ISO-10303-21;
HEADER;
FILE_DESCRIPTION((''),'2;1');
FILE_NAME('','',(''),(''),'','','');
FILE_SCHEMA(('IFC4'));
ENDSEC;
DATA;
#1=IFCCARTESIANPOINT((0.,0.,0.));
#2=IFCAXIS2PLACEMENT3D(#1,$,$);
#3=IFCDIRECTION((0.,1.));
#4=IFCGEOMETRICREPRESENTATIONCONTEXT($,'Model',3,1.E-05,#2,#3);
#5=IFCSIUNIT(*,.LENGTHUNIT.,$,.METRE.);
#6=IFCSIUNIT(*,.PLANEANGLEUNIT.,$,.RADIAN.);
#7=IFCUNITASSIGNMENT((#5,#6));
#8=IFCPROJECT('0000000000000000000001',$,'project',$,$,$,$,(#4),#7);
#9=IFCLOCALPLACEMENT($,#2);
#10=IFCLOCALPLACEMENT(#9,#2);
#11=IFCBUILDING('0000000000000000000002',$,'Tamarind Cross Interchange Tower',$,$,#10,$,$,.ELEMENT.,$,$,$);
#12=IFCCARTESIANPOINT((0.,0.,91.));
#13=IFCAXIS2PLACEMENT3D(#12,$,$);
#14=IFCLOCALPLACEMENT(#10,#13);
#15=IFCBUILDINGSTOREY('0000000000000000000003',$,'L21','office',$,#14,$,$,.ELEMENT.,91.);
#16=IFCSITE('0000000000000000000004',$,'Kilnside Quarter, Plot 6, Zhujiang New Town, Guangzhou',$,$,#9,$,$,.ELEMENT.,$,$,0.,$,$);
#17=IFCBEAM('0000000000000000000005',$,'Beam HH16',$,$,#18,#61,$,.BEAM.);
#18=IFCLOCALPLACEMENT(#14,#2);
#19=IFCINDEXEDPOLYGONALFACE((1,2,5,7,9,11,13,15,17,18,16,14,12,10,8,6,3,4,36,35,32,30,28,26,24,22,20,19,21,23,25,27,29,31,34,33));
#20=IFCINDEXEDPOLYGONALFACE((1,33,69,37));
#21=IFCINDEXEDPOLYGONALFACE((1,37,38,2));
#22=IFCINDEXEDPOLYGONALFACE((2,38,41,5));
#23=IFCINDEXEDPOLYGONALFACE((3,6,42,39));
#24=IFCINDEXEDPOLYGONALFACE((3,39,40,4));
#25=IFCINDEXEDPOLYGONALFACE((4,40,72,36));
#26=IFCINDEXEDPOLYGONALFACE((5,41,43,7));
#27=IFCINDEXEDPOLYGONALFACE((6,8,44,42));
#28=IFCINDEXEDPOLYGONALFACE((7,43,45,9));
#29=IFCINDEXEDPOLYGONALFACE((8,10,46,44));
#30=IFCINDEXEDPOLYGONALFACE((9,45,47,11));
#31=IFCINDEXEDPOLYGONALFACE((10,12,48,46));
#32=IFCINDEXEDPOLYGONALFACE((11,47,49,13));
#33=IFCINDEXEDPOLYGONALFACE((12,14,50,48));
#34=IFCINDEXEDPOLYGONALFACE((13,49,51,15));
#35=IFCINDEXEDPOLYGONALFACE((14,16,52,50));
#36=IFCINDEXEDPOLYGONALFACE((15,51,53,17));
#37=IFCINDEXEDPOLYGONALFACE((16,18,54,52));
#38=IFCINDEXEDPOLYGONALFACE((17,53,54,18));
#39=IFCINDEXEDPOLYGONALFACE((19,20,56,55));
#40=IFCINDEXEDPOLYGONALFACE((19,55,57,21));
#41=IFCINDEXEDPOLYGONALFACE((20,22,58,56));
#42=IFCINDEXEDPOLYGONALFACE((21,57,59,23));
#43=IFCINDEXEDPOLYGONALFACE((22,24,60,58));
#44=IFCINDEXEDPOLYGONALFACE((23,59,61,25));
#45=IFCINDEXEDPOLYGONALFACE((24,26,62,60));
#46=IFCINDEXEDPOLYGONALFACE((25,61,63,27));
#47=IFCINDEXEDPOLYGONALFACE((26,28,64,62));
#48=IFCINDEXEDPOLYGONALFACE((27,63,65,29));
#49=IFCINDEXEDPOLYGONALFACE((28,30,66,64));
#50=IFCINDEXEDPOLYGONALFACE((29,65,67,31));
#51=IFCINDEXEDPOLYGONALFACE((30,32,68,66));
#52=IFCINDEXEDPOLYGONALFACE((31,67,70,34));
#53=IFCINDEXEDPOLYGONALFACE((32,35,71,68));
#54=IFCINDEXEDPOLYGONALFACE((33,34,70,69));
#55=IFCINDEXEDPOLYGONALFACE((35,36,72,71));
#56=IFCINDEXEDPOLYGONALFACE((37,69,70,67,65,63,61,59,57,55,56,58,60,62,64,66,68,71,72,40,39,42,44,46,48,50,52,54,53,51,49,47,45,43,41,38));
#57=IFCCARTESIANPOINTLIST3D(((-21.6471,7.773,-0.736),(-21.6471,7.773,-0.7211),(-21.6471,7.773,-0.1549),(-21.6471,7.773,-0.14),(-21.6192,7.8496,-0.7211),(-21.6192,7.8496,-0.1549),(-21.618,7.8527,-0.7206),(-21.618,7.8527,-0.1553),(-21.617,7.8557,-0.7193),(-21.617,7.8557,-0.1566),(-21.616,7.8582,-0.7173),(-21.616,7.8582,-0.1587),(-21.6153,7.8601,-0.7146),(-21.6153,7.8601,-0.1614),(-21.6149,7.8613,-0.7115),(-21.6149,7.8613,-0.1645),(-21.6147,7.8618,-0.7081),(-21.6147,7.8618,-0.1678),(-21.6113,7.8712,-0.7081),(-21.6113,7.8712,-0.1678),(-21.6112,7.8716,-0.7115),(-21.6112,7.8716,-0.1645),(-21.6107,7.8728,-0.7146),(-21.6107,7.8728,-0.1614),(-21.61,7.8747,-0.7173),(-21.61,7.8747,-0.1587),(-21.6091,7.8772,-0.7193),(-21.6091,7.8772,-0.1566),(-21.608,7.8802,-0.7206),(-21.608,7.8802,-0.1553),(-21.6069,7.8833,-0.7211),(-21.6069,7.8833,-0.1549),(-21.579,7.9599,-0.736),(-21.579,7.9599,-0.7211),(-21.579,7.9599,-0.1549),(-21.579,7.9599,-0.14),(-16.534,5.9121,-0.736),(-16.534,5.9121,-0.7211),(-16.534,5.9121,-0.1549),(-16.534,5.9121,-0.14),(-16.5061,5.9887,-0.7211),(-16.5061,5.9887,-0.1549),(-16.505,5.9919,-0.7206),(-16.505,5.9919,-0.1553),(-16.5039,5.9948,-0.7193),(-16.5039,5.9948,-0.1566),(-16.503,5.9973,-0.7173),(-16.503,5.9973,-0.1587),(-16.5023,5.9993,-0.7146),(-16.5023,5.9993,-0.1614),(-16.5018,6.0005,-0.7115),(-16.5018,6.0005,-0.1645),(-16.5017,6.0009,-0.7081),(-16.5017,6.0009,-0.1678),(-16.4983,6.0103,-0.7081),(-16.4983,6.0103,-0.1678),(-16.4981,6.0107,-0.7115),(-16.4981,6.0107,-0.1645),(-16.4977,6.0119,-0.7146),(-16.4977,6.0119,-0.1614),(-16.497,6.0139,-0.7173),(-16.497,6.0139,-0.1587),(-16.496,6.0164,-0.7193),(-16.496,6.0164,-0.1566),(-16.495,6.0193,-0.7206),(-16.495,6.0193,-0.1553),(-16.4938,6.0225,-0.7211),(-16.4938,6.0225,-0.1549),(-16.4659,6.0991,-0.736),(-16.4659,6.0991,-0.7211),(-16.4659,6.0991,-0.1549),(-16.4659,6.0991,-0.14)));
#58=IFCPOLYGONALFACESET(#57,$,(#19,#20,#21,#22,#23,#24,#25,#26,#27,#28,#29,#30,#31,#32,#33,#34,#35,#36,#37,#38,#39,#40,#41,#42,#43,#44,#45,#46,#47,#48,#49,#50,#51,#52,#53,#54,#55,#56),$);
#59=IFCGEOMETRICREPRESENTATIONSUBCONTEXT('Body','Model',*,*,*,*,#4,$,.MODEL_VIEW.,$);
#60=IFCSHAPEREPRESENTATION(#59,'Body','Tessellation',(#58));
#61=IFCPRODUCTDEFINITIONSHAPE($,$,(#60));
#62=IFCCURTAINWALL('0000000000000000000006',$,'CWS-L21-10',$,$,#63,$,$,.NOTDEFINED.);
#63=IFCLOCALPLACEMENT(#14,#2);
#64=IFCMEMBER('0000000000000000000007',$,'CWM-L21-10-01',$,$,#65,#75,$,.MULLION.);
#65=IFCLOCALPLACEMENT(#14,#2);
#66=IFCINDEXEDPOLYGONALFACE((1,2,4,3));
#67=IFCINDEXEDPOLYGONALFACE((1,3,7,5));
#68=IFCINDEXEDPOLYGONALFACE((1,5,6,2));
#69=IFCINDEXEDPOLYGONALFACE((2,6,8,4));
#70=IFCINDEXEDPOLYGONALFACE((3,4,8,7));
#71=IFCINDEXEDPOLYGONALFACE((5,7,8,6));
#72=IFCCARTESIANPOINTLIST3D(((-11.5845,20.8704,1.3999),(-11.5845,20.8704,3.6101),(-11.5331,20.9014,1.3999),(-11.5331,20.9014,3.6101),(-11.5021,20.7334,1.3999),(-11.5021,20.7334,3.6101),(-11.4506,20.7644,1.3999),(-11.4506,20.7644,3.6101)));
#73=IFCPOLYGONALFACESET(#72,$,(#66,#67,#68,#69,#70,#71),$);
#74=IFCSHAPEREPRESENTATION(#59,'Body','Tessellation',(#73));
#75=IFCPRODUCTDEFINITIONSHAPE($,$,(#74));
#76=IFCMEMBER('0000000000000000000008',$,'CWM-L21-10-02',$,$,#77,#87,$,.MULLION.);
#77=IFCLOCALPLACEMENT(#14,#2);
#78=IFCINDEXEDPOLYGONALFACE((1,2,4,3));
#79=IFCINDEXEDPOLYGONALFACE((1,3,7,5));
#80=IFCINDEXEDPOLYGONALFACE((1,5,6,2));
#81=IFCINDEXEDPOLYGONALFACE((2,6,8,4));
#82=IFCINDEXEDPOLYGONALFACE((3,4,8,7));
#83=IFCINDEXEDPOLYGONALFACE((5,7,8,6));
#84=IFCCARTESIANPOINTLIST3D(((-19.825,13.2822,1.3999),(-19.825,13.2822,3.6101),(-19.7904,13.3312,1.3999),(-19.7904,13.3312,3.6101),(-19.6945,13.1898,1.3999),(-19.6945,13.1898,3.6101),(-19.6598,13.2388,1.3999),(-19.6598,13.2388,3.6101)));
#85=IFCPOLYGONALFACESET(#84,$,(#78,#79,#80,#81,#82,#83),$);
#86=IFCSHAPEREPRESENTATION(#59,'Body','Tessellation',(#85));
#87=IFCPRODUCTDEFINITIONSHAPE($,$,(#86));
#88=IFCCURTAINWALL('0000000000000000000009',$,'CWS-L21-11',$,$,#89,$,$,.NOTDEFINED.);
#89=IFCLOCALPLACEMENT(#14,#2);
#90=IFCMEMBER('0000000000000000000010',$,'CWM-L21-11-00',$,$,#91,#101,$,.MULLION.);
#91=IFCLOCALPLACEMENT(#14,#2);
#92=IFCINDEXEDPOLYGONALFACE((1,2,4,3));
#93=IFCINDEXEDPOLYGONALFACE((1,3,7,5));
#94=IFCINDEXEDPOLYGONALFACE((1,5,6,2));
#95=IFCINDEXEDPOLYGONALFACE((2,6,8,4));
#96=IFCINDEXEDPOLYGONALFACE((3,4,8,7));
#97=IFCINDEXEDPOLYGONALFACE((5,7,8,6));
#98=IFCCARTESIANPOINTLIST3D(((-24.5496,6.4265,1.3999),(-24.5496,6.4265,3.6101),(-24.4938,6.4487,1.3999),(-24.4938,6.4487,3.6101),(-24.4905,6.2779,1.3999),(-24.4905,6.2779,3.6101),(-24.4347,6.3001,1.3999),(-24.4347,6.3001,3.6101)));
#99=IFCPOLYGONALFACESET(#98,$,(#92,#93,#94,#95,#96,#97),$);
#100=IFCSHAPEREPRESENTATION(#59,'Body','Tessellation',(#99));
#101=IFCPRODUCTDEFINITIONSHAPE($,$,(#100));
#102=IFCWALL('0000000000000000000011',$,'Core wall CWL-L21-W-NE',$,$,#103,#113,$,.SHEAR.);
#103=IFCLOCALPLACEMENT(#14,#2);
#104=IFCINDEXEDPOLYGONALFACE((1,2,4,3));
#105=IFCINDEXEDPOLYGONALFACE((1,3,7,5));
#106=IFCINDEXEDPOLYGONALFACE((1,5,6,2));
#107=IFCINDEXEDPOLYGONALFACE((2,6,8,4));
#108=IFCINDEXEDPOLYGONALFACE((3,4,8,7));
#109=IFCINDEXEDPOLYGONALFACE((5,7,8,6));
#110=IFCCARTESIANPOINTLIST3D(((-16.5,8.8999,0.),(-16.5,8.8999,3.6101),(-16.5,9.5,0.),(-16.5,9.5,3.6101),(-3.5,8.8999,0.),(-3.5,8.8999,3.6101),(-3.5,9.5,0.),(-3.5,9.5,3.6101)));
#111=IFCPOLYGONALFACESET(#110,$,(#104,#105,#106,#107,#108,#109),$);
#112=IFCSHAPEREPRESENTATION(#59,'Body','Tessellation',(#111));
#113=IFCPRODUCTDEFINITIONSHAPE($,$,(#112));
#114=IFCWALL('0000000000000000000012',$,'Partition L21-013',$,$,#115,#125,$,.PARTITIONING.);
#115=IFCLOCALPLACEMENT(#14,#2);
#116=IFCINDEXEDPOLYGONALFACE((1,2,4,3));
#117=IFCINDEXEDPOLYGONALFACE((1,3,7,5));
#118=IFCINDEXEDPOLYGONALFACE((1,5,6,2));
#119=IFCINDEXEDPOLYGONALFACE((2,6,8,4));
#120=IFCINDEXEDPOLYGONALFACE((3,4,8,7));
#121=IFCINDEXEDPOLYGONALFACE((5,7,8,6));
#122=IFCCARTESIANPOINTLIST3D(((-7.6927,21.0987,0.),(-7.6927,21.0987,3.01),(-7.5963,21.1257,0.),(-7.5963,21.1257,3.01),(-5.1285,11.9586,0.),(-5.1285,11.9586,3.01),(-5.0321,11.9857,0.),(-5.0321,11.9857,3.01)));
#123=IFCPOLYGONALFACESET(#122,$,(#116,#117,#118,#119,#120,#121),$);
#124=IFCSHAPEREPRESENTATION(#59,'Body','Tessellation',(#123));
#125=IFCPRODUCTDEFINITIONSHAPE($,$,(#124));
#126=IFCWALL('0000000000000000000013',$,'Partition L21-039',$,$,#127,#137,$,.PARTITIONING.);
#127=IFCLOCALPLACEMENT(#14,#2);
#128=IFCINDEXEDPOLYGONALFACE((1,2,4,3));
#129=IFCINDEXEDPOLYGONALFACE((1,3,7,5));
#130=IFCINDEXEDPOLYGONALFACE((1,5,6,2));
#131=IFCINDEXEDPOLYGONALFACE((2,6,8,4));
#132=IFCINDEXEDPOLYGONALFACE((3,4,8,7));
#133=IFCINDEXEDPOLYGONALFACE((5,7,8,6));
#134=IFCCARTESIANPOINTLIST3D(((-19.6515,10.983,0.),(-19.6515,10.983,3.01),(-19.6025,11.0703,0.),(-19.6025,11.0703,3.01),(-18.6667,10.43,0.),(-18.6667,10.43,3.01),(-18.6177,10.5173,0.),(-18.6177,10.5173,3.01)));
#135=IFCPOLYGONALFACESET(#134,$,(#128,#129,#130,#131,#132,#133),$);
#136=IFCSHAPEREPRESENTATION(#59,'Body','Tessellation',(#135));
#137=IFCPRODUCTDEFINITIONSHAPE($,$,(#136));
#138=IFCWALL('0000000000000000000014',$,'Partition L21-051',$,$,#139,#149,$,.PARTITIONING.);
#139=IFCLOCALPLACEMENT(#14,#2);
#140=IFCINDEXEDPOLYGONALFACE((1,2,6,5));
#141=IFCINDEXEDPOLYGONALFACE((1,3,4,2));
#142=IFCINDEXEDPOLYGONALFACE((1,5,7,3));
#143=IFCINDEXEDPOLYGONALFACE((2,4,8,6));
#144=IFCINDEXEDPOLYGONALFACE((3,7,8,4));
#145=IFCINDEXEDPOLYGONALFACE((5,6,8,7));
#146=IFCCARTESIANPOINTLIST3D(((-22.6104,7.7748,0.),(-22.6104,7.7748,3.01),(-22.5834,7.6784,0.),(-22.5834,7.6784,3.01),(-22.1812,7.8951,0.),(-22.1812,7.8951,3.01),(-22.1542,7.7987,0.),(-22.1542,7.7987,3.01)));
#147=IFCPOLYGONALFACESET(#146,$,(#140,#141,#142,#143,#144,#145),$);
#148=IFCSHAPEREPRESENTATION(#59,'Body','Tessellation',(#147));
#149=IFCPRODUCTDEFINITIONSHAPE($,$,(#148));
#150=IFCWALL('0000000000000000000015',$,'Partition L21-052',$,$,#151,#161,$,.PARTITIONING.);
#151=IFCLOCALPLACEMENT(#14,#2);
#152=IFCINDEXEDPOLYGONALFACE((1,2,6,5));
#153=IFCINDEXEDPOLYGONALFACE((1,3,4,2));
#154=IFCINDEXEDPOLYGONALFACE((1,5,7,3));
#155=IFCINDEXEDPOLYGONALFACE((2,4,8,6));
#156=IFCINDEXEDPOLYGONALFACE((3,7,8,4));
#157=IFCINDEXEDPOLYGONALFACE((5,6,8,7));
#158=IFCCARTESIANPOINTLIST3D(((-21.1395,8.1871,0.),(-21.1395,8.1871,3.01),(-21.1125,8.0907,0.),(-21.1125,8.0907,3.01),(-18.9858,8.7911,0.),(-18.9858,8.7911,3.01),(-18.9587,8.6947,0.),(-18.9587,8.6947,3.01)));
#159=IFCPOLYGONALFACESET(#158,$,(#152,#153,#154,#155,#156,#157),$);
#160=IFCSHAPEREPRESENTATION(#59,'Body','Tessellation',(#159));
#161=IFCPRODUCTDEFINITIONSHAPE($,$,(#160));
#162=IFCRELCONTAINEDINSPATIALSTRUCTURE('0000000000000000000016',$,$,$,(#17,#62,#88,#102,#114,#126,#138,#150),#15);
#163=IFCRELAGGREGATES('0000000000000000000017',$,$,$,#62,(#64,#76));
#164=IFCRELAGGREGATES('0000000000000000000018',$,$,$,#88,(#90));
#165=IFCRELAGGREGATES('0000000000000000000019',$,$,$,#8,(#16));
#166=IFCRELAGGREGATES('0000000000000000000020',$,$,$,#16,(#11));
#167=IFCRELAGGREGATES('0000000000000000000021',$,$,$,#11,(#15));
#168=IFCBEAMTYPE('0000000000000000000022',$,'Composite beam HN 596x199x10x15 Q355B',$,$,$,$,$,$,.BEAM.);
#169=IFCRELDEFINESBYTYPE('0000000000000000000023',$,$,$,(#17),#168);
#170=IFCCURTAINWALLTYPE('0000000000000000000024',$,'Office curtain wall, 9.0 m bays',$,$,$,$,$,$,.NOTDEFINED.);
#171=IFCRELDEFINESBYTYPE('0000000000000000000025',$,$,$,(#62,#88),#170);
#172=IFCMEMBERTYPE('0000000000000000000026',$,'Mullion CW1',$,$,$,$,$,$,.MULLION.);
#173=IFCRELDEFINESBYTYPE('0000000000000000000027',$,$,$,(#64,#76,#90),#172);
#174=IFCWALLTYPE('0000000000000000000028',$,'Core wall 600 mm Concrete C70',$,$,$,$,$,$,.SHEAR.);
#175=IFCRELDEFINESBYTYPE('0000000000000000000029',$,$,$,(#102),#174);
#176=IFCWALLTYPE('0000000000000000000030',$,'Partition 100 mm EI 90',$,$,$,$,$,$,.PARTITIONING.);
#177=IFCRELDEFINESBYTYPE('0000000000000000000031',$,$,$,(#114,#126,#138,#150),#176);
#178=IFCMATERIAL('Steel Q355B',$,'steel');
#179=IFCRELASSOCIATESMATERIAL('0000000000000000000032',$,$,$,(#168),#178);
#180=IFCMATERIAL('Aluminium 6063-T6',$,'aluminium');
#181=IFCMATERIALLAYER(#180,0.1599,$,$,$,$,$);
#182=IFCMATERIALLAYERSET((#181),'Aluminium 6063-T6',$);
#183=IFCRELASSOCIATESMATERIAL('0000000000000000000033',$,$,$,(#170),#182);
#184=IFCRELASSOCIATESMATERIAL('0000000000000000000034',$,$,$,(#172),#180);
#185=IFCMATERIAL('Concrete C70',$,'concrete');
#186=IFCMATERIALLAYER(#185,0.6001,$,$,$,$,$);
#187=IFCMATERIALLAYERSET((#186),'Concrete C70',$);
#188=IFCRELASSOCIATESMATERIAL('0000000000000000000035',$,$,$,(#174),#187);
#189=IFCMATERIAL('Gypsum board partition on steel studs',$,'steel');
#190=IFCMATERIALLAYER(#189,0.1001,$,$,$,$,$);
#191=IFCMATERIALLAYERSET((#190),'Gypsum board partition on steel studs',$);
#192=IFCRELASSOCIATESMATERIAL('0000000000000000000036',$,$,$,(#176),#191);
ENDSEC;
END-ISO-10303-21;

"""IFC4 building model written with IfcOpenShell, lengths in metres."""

from ifc_helpers import new_model, si_unit, direction, frame, frame_2d, origin, origin_2d, place, context, subcontext, project, spatial, rectangle, i_section, extrude, material, layer, layer_set, material_profile, profile_set, type_object, element, aggregate, save


model = new_model("IFC4")

# Units and contexts
model_context = context("Model", 3, precision=1e-05, world=origin(), true_north=direction((0.0, 1.0)))
body_context = subcontext(model_context, "Body", "Model", "MODEL_VIEW")
ifc_project = project(units=[si_unit("LENGTHUNIT", "METRE"), si_unit("PLANEANGLEUNIT", "RADIAN")], contexts=[model_context])

# Site, building, storey
site_placement = place(None, origin())
site = spatial("IfcSite", under=ifc_project, at=site_placement, Name="Kilnside Quarter, Plot 6, Zhujiang New Town, Guangzhou", CompositionType="ELEMENT", RefElevation=0.0)
building_placement = place(site_placement, origin())
building = spatial("IfcBuilding", under=site, at=building_placement, Name="Tamarind Cross Interchange Tower", CompositionType="ELEMENT")
storey_placement = place(building_placement, frame((0.0, 0.0, 91.0)))
storey = spatial("IfcBuildingStorey", under=building, at=storey_placement, Name="L21", Description="office", CompositionType="ELEMENT", Elevation=91.0)

# Beam
ifc_material_1 = material(Name="Steel Q355B", Category="steel")
ifc_material_profile_1 = material_profile(ifc_material_1, i_section(OverallWidth=0.199, OverallDepth=0.5959, WebThickness=0.01, FlangeThickness=0.0149, FilletRadius=0.0129, at=origin_2d()), Name="HN 596x199x10x15")
ifc_profile_set_1 = profile_set([ifc_material_profile_1], Name="Steel Q355B")
beam_type_1 = type_object("IfcBeamType", Name="Composite beam HN 596x199x10x15 Q355B", PredefinedType="BEAM", material=ifc_profile_set_1)
beam_1_placement = place(storey_placement, frame((-21.613, 7.8665, -0.438), z_axis=(0.939702, -0.341995, 0.0), x_axis=(0.341995, 0.939702, 0.0)))
element("IfcBeam", 1, at=beam_1_placement, inside=storey, type_object=beam_type_1, Name="Beam HH16", PredefinedType="BEAM", context=body_context, shape_type="SweptSolid", body=[
    extrude(i_section(OverallWidth=0.199, OverallDepth=0.5959, WebThickness=0.01, FlangeThickness=0.0149, FilletRadius=0.0129, at=origin_2d()), origin(), (0.0, 0.0, 1.0), 5.4412),
])

# Curtain wall, members
ifc_material_2 = material(Name="Aluminium 6063-T6", Category="aluminium")
ifc_layer_1 = layer(ifc_material_2, 0.1599)
ifc_layer_set_1 = layer_set([ifc_layer_1], Name="Aluminium 6063-T6")
curtain_wall_type = type_object("IfcCurtainWallType", Name="Office curtain wall, 9.0 m bays", PredefinedType="NOTDEFINED", material=ifc_layer_set_1)
curtain_wall_1_placement = place(storey_placement, origin())
curtain_wall_1 = element("IfcCurtainWall", 2, at=curtain_wall_1_placement, inside=storey, type_object=curtain_wall_type, Name="CWS-L21-10", PredefinedType="NOTDEFINED")
ifc_material_profile_2 = material_profile(ifc_material_2, rectangle(XDim=0.0601, YDim=0.1599, at=origin_2d()), Name="Mullion CW1")
ifc_profile_set_2 = profile_set([ifc_material_profile_2], Name="Aluminium 6063-T6")
member_type = type_object("IfcMemberType", Name="Mullion CW1", PredefinedType="MULLION", material=ifc_profile_set_2)
member_1_placement = place(storey_placement, frame((-11.5176, 20.8174, 1.3999), z_axis=(0.0, 0.0, 1.0), x_axis=(-0.856843, -0.515577, 0.0)))
member_1 = element("IfcMember", 3, at=member_1_placement, type_object=member_type, Name="CWM-L21-10-01", PredefinedType="MULLION", context=body_context, shape_type="SweptSolid", body=[
    extrude(rectangle(XDim=0.0601, YDim=0.1599, at=origin_2d()), origin(), (0.0, 0.0, 1.0), 2.2102),
])
member_2_placement = place(storey_placement, frame((-19.7424, 13.2605, 1.3999), z_axis=(0.0, 0.0, 1.0), x_axis=(-0.577569, -0.816342, 0.0)))
member_2 = element("IfcMember", 4, at=member_2_placement, type_object=member_type, Name="CWM-L21-10-02", PredefinedType="MULLION", context=body_context, shape_type="SweptSolid", body=[
    extrude(rectangle(XDim=0.0601, YDim=0.1599, at=origin_2d()), origin(), (0.0, 0.0, 1.0), 2.2102),
])
aggregate(curtain_wall_1, [member_1, member_2])

# Curtain wall, member
curtain_wall_2_placement = place(storey_placement, origin())
curtain_wall_2 = element("IfcCurtainWall", 5, at=curtain_wall_2_placement, inside=storey, type_object=curtain_wall_type, Name="CWS-L21-11", PredefinedType="NOTDEFINED")
member_3_placement = place(storey_placement, frame((-24.4922, 6.3633, 1.3999), z_axis=(0.0, 0.0, 1.0), x_axis=(-0.929177, -0.369635, 0.0)))
member_3 = element("IfcMember", 6, at=member_3_placement, type_object=member_type, Name="CWM-L21-11-00", PredefinedType="MULLION", context=body_context, shape_type="SweptSolid", body=[
    extrude(rectangle(XDim=0.0601, YDim=0.1599, at=origin_2d()), origin(), (0.0, 0.0, 1.0), 2.2102),
])
aggregate(curtain_wall_2, [member_3])

# Walls
ifc_material_3 = material(Name="Concrete C70", Category="concrete")
ifc_layer_2 = layer(ifc_material_3, 0.6001)
ifc_layer_set_2 = layer_set([ifc_layer_2], Name="Concrete C70")
wall_type_1 = type_object("IfcWallType", Name="Core wall 600 mm Concrete C70", PredefinedType="SHEAR", material=ifc_layer_set_2)
wall_1_placement = place(storey_placement, frame((-16.5, 9.2, 0.0), z_axis=(0.0, 0.0, 1.0), x_axis=(1.0, 0.0, 0.0)))
element("IfcWall", 7, at=wall_1_placement, inside=storey, type_object=wall_type_1, Name="Core wall CWL-L21-W-NE", PredefinedType="SHEAR", context=body_context, shape_type="SweptSolid", body=[
    extrude(rectangle(XDim=13.0, YDim=0.6001, at=frame_2d((6.5, 0.0))), origin(), (0.0, 0.0, 1.0), 3.6101),
])
ifc_material_4 = material(Name="Gypsum board partition on steel studs", Category="steel")
ifc_layer_3 = layer(ifc_material_4, 0.1001)
ifc_layer_set_3 = layer_set([ifc_layer_3], Name="Gypsum board partition on steel studs")
wall_type_2 = type_object("IfcWallType", Name="Partition 100 mm EI 90", PredefinedType="PARTITIONING", material=ifc_layer_set_3)
wall_2_placement = place(storey_placement, frame((-7.6445, 21.1123, 0.0), z_axis=(0.0, 0.0, 1.0), x_axis=(0.270115, -0.962828, 0.0)))
element("IfcWall", 8, at=wall_2_placement, inside=storey, type_object=wall_type_2, Name="Partition L21-013", PredefinedType="PARTITIONING", context=body_context, shape_type="SweptSolid", body=[
    extrude(rectangle(XDim=9.4929, YDim=0.1001, at=frame_2d((4.7466, 0.0))), origin(), (0.0, 0.0, 1.0), 3.01),
])
wall_3_placement = place(storey_placement, frame((-19.627, 11.0266, 0.0), z_axis=(0.0, 0.0, 1.0), x_axis=(0.871956, -0.489584, 0.0)))
element("IfcWall", 9, at=wall_3_placement, inside=storey, type_object=wall_type_2, Name="Partition L21-039", PredefinedType="PARTITIONING", context=body_context, shape_type="SweptSolid", body=[
    extrude(rectangle(XDim=1.1294, YDim=0.1001, at=frame_2d((0.5647, 0.0))), origin(), (0.0, 0.0, 1.0), 3.01),
])
wall_4_placement = place(storey_placement, frame((-22.5969, 7.7266, 0.0), z_axis=(0.0, 0.0, 1.0), x_axis=(0.962856, 0.270016, 0.0)))
element("IfcWall", 10, at=wall_4_placement, inside=storey, type_object=wall_type_2, Name="Partition L21-051", PredefinedType="PARTITIONING", context=body_context, shape_type="SweptSolid", body=[
    extrude(rectangle(XDim=0.4458, YDim=0.1001, at=frame_2d((0.2229, 0.0))), origin(), (0.0, 0.0, 1.0), 3.01),
])
wall_5_placement = place(storey_placement, frame((-21.126, 8.1389, 0.0), z_axis=(0.0, 0.0, 1.0), x_axis=(0.962855, 0.270019, 0.0)))
element("IfcWall", 11, at=wall_5_placement, inside=storey, type_object=wall_type_2, Name="Partition L21-052", PredefinedType="PARTITIONING", context=body_context, shape_type="SweptSolid", body=[
    extrude(rectangle(XDim=2.2368, YDim=0.1001, at=frame_2d((1.1184, 0.0))), origin(), (0.0, 0.0, 1.0), 3.01),
])

save(model, "model.ifc")
